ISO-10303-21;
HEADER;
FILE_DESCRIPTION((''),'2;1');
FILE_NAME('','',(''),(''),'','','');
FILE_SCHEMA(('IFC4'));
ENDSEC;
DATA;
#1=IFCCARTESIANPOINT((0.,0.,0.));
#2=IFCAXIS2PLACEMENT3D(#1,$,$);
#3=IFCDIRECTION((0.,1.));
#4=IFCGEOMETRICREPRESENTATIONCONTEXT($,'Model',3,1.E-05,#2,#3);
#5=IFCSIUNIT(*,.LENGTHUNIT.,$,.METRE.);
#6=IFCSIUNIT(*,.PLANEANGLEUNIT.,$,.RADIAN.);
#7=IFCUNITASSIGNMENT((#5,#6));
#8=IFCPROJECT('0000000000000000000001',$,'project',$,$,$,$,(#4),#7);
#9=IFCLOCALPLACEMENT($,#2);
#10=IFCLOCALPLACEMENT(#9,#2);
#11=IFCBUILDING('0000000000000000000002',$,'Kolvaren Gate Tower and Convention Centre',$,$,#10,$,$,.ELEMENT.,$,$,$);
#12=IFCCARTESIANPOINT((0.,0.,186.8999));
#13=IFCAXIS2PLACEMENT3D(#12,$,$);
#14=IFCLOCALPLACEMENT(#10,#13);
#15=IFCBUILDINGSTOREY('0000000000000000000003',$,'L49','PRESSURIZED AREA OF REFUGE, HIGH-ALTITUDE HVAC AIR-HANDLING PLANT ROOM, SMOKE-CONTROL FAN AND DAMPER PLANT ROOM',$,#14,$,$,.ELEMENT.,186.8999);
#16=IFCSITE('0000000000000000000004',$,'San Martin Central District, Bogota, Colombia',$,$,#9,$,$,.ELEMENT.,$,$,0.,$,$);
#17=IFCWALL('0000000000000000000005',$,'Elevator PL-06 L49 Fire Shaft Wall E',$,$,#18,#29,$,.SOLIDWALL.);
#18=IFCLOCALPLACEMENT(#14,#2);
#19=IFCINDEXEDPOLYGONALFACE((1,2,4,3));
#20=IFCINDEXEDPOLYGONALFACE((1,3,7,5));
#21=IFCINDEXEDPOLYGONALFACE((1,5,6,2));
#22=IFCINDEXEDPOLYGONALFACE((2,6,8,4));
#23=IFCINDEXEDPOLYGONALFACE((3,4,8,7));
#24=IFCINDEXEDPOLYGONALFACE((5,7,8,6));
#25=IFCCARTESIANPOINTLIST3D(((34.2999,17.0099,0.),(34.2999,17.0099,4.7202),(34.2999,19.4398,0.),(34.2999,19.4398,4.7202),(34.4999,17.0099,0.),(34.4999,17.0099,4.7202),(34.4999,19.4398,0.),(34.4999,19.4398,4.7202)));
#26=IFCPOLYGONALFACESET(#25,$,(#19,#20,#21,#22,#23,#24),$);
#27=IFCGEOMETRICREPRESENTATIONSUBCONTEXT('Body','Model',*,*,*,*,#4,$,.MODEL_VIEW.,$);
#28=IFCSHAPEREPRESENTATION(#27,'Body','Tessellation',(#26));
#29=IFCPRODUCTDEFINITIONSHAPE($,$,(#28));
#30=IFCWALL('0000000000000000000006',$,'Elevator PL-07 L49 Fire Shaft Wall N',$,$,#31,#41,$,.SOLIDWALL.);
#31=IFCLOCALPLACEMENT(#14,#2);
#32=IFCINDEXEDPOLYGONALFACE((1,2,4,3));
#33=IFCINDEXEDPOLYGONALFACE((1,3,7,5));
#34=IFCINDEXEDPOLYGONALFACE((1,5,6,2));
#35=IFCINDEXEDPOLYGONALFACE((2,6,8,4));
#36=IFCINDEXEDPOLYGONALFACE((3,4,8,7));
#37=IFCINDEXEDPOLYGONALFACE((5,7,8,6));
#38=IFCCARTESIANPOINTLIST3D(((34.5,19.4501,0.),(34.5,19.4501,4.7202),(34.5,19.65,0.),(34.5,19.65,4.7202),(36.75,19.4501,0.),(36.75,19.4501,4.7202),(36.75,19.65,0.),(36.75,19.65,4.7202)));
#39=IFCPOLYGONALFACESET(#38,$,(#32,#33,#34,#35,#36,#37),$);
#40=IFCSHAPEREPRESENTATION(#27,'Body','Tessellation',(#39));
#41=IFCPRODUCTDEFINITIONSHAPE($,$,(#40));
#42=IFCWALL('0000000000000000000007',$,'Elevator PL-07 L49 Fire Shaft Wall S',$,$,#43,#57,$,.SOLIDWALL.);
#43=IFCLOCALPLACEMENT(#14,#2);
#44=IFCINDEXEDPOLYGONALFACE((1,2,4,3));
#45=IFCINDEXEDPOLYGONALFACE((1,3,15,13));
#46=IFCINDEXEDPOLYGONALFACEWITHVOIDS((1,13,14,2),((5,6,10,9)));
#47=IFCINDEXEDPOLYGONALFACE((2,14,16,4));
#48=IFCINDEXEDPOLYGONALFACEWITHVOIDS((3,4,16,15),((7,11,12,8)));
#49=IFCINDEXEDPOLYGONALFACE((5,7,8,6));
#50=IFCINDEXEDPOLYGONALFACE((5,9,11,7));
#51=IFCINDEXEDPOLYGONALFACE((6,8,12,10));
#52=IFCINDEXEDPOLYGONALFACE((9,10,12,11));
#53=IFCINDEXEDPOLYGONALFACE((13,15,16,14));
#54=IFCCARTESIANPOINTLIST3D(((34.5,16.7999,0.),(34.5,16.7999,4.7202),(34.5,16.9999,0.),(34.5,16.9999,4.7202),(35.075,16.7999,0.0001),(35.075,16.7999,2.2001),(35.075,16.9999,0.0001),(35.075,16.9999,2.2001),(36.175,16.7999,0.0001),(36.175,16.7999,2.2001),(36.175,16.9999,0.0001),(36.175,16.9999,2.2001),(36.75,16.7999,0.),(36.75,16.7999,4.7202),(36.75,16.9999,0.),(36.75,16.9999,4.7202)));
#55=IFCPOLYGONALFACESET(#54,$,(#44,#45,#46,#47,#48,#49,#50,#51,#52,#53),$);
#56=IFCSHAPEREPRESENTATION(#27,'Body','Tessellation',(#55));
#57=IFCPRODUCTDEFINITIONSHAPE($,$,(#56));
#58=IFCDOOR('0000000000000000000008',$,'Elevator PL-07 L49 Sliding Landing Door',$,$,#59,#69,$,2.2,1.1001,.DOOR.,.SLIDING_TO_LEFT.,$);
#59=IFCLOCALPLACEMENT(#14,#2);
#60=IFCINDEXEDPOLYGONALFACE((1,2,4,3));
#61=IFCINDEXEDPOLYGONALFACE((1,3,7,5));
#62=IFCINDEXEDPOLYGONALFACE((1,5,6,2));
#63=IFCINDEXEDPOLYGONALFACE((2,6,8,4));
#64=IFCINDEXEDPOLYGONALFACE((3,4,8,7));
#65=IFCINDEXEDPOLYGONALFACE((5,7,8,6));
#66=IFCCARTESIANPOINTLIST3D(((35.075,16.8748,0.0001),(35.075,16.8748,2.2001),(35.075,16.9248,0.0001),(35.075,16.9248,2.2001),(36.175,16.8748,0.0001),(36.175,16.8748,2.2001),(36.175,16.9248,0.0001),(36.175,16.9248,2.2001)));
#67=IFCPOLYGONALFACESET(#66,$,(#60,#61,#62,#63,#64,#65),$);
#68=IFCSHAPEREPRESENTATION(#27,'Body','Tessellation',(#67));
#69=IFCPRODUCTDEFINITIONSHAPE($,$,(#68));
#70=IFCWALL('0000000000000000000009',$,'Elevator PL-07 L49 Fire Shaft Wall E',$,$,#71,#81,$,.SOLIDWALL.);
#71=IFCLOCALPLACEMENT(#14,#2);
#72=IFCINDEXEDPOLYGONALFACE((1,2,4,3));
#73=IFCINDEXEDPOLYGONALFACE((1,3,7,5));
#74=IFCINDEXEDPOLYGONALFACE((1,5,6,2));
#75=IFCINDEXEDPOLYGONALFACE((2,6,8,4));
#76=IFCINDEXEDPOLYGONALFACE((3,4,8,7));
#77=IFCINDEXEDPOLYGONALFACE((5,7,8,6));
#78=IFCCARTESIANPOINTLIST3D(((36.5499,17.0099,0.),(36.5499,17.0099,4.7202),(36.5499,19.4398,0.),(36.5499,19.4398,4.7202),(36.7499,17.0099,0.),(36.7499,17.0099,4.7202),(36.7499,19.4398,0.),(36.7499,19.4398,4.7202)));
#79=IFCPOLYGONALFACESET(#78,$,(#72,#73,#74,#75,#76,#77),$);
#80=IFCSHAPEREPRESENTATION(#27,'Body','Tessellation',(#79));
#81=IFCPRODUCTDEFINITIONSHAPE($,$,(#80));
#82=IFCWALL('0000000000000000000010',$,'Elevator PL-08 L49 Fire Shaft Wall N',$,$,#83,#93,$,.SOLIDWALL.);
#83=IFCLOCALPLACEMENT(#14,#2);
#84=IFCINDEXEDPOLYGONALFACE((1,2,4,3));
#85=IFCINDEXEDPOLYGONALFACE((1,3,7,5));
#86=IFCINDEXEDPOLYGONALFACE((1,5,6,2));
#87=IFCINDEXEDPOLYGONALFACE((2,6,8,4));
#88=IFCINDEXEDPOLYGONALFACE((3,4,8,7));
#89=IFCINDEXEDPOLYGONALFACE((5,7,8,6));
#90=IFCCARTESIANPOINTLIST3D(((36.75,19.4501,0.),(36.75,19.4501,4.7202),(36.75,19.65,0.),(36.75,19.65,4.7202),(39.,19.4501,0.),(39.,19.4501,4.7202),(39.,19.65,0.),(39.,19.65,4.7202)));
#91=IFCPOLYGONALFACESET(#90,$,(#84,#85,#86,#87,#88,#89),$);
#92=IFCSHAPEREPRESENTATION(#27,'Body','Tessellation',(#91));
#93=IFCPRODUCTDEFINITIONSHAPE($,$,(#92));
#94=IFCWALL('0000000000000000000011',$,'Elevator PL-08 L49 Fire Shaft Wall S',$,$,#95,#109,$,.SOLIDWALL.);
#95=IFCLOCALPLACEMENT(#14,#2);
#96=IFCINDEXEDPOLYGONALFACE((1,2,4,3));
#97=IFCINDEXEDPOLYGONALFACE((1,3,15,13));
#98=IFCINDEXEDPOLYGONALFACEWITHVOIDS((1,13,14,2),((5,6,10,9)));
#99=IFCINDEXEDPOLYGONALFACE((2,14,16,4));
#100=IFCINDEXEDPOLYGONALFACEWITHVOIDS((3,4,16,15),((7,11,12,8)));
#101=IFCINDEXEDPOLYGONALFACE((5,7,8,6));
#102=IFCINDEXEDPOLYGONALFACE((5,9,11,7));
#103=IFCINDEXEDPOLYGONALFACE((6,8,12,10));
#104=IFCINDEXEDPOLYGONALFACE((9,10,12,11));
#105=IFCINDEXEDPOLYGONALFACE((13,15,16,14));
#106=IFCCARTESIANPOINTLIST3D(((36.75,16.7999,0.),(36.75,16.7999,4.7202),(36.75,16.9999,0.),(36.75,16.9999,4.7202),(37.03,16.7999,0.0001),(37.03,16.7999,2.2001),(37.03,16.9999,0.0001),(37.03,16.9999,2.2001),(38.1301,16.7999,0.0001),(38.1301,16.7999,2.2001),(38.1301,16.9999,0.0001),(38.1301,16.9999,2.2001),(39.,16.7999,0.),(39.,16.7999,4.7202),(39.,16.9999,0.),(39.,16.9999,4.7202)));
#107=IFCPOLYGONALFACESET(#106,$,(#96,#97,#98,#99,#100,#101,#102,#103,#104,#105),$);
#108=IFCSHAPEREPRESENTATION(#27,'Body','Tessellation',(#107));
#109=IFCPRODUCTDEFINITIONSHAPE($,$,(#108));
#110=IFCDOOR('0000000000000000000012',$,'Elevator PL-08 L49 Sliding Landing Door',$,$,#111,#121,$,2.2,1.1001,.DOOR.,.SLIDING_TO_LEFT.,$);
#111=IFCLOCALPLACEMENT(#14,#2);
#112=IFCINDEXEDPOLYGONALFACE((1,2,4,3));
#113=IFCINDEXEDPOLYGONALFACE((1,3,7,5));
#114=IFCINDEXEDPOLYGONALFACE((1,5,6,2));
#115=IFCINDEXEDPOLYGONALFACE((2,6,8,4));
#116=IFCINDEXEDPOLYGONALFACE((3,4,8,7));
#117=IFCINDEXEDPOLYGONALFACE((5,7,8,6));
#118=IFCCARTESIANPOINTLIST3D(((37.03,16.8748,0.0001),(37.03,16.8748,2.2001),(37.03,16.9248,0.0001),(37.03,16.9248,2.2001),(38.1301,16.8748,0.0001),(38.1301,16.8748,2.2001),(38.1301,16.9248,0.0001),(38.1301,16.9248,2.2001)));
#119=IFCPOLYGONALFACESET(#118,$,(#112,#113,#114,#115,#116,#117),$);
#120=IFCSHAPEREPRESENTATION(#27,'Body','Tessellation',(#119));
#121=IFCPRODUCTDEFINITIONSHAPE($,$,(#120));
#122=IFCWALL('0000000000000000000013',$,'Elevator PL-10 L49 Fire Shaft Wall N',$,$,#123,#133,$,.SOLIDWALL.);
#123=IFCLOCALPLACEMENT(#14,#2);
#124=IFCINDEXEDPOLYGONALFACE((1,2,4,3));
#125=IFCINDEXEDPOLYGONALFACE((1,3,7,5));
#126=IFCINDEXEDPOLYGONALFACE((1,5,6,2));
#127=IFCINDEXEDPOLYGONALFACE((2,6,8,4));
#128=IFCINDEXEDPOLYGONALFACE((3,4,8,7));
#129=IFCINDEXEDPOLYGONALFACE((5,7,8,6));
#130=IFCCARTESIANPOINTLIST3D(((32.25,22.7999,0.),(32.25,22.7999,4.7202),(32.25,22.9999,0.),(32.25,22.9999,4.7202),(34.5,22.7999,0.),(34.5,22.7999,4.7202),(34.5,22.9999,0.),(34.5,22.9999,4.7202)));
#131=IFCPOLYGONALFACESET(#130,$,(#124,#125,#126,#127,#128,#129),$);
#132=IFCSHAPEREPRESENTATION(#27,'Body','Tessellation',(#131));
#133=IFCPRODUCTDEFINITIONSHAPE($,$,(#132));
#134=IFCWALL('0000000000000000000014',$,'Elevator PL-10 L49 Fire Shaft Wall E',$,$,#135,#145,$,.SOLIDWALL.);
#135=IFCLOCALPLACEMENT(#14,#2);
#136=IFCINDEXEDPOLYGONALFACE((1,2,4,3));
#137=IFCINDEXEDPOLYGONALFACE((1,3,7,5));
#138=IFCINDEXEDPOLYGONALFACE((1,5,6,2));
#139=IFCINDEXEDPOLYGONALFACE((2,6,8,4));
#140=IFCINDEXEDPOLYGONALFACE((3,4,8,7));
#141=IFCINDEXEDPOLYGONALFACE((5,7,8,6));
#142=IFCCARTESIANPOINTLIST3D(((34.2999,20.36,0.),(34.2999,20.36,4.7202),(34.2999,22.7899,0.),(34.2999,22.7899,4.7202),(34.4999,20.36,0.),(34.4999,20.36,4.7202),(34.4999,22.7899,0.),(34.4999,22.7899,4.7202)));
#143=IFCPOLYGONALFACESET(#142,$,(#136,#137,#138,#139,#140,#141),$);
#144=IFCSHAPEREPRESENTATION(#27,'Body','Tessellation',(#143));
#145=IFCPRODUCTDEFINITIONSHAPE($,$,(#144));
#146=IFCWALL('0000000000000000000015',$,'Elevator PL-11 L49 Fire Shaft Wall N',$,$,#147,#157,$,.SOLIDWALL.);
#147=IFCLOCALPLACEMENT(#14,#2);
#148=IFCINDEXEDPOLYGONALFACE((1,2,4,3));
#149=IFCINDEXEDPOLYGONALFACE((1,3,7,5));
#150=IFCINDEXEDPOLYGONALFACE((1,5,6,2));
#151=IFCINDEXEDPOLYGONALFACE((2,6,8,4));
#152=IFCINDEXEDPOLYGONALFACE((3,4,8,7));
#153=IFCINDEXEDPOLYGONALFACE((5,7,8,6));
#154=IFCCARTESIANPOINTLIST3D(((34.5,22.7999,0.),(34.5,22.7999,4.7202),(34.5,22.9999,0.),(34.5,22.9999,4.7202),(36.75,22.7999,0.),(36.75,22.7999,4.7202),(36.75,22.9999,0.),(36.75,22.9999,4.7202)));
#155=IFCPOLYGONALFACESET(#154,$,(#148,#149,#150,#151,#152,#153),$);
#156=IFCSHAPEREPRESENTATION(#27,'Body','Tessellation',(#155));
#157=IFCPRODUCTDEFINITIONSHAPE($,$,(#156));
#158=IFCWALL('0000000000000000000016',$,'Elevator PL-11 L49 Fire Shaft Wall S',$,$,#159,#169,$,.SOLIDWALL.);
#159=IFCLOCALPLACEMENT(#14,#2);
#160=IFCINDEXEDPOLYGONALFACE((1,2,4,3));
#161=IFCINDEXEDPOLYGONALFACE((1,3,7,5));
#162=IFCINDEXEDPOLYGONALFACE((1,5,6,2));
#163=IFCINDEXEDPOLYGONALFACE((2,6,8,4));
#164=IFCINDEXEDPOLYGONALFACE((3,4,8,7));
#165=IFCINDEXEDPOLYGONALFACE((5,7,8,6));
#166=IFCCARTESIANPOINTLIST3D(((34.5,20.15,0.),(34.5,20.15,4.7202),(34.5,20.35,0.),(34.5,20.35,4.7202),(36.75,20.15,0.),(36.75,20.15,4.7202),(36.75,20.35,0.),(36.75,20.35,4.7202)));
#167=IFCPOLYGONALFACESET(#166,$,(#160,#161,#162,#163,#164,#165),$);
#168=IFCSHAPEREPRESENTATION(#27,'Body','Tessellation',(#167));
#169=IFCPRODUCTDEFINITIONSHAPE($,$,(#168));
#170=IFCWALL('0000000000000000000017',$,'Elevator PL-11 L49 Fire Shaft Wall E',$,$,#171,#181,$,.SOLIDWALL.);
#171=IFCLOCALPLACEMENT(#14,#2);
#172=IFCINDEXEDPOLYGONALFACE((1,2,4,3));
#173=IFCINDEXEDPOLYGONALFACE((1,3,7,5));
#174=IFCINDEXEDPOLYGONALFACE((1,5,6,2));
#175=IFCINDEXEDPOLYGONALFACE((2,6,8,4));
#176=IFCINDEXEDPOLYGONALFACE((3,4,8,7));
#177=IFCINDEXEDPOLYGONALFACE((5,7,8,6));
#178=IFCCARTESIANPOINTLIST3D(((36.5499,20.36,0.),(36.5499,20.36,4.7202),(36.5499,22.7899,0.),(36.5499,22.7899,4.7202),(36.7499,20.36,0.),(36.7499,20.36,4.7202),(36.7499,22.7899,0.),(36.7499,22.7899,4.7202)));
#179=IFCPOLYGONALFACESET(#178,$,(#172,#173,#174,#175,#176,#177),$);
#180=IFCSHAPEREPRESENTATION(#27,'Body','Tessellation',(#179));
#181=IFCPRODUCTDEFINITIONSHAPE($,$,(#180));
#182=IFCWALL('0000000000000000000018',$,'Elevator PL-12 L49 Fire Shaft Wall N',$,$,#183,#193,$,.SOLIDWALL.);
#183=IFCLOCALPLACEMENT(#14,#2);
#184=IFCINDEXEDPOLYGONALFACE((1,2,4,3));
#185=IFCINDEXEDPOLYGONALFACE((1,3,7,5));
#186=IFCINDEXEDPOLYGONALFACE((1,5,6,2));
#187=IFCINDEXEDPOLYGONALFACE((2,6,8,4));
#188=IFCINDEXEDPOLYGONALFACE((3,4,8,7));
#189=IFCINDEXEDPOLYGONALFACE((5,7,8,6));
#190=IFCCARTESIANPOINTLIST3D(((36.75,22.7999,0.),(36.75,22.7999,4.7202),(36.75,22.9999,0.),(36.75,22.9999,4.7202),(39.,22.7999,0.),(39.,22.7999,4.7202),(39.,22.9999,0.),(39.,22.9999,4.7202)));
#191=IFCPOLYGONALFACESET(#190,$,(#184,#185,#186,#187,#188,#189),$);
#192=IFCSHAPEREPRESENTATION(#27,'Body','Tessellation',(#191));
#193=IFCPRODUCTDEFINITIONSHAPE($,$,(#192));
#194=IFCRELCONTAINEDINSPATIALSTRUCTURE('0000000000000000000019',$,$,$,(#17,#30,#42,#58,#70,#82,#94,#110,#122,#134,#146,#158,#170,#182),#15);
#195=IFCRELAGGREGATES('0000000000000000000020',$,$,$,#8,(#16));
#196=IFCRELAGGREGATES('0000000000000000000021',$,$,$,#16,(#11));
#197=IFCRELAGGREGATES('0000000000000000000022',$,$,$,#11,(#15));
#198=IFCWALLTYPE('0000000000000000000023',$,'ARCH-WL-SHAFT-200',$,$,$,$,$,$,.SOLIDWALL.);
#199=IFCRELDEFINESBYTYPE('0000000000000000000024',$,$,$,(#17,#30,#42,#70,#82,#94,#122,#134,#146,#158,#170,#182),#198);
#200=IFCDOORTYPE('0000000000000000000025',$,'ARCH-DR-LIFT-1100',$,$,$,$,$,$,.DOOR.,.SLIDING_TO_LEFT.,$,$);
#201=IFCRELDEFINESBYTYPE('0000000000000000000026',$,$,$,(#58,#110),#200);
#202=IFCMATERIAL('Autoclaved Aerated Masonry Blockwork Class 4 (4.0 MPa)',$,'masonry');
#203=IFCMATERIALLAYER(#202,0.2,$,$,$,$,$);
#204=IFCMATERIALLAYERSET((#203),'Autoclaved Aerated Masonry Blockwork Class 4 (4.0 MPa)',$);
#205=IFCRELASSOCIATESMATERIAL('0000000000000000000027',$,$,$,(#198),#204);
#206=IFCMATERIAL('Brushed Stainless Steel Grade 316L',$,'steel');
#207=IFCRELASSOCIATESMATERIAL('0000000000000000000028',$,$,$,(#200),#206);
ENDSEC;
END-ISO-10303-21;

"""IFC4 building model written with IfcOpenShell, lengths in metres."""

from ifc_helpers import new_model, si_unit, direction, frame, frame_2d, origin, place, context, subcontext, project, spatial, rectangle, extrude, material, layer, layer_set, type_object, element, fill, save


model = new_model("IFC4")

# Units and contexts
model_context = context("Model", 3, precision=1e-05, world=origin(), true_north=direction((0.0, 1.0)))
body_context = subcontext(model_context, "Body", "Model", "MODEL_VIEW")
ifc_project = project(units=[si_unit("LENGTHUNIT", "METRE"), si_unit("PLANEANGLEUNIT", "RADIAN")], contexts=[model_context])

# Site, building, storey
site_placement = place(None, origin())
site = spatial("IfcSite", under=ifc_project, at=site_placement, Name="San Martin Central District, Bogota, Colombia", CompositionType="ELEMENT", RefElevation=0.0)
building_placement = place(site_placement, origin())
building = spatial("IfcBuilding", under=site, at=building_placement, Name="Kolvaren Gate Tower and Convention Centre", CompositionType="ELEMENT")
storey_placement = place(building_placement, frame((0.0, 0.0, 186.8999)))
storey = spatial("IfcBuildingStorey", under=building, at=storey_placement, Name="L49", Description="PRESSURIZED AREA OF REFUGE, HIGH-ALTITUDE HVAC AIR-HANDLING PLANT ROOM, SMOKE-CONTROL FAN AND DAMPER PLANT ROOM", CompositionType="ELEMENT", Elevation=186.8999)

# Walls
ifc_material_1 = material(Name="Autoclaved Aerated Masonry Blockwork Class 4 (4.0 MPa)", Category="masonry")
ifc_layer = layer(ifc_material_1, 0.2)
ifc_layer_set = layer_set([ifc_layer], Name="Autoclaved Aerated Masonry Blockwork Class 4 (4.0 MPa)")
wall_type = type_object("IfcWallType", Name="ARCH-WL-SHAFT-200", PredefinedType="SOLIDWALL", material=ifc_layer_set)
wall_1_placement = place(storey_placement, frame((34.3999, 17.01, 0.0), z_axis=(0.0, 0.0, 1.0), x_axis=(0.0, 1.0, 0.0)))
element("IfcWall", 1, at=wall_1_placement, inside=storey, type_object=wall_type, Name="Elevator PL-06 L49 Fire Shaft Wall E", PredefinedType="SOLIDWALL", context=body_context, shape_type="SweptSolid", body=[
    extrude(rectangle(XDim=2.4299, YDim=0.2, at=frame_2d((1.2148, 0.0))), origin(), (0.0, 0.0, 1.0), 4.7202),
])
wall_2_placement = place(storey_placement, frame((34.5, 19.55, 0.0), z_axis=(0.0, 0.0, 1.0), x_axis=(1.0, 0.0, 0.0)))
element("IfcWall", 2, at=wall_2_placement, inside=storey, type_object=wall_type, Name="Elevator PL-07 L49 Fire Shaft Wall N", PredefinedType="SOLIDWALL", context=body_context, shape_type="SweptSolid", body=[
    extrude(rectangle(XDim=2.25, YDim=0.2, at=frame_2d((1.125, 0.0))), origin(), (0.0, 0.0, 1.0), 4.7202),
])

# Wall, opening, door
wall_3_placement = place(storey_placement, frame((34.5, 16.8999, 0.0), z_axis=(0.0, 0.0, 1.0), x_axis=(1.0, 0.0, 0.0)))
wall_3 = element("IfcWall", 3, at=wall_3_placement, inside=storey, type_object=wall_type, Name="Elevator PL-07 L49 Fire Shaft Wall S", PredefinedType="SOLIDWALL", context=body_context, shape_type="SweptSolid", body=[
    extrude(rectangle(XDim=2.25, YDim=0.2, at=frame_2d((1.125, 0.0))), origin(), (0.0, 0.0, 1.0), 4.7202),
])
opening_1_placement = place(wall_3_placement, frame((0.575, 0.0, 0.0)))
opening_1 = element("IfcOpeningElement", 4, at=opening_1_placement, cuts=wall_3, PredefinedType="OPENING", context=body_context, shape_type="SweptSolid", body=[
    extrude(rectangle(XDim=1.1001, YDim=2.2, at=frame_2d((0.55, 1.1001))), frame((0.0, 0.1099, 0.0), z_axis=(0.0, -1.0, 0.0), x_axis=(1.0, 0.0, 0.0)), (0.0, 0.0, 1.0), 0.22),
])
ifc_material_2 = material(Name="Brushed Stainless Steel Grade 316L", Category="steel")
door_type = type_object("IfcDoorType", Name="ARCH-DR-LIFT-1100", OperationType="SLIDING_TO_LEFT", PredefinedType="DOOR", material=ifc_material_2)
door_1_placement = place(opening_1_placement, origin())
door_1 = element("IfcDoor", 5, at=door_1_placement, inside=storey, type_object=door_type, Name="Elevator PL-07 L49 Sliding Landing Door", OperationType="SLIDING_TO_LEFT", OverallHeight=2.2, OverallWidth=1.1001, PredefinedType="DOOR", context=body_context, shape_type="SweptSolid", body=[
    extrude(rectangle(XDim=1.1001, YDim=2.2, at=frame_2d((0.55, 1.1001))), frame((0.0, 0.0249, 0.0), z_axis=(0.0, -1.0, 0.0), x_axis=(1.0, 0.0, 0.0)), (0.0, 0.0, 1.0), 0.05),
])
fill(opening_1, door_1)

# Walls
wall_4_placement = place(storey_placement, frame((36.6499, 17.01, 0.0), z_axis=(0.0, 0.0, 1.0), x_axis=(0.0, 1.0, 0.0)))
element("IfcWall", 6, at=wall_4_placement, inside=storey, type_object=wall_type, Name="Elevator PL-07 L49 Fire Shaft Wall E", PredefinedType="SOLIDWALL", context=body_context, shape_type="SweptSolid", body=[
    extrude(rectangle(XDim=2.4299, YDim=0.2, at=frame_2d((1.2148, 0.0))), origin(), (0.0, 0.0, 1.0), 4.7202),
])
wall_5_placement = place(storey_placement, frame((36.75, 19.55, 0.0), z_axis=(0.0, 0.0, 1.0), x_axis=(1.0, 0.0, 0.0)))
element("IfcWall", 7, at=wall_5_placement, inside=storey, type_object=wall_type, Name="Elevator PL-08 L49 Fire Shaft Wall N", PredefinedType="SOLIDWALL", context=body_context, shape_type="SweptSolid", body=[
    extrude(rectangle(XDim=2.25, YDim=0.2, at=frame_2d((1.125, 0.0))), origin(), (0.0, 0.0, 1.0), 4.7202),
])

# Wall, opening, door
wall_6_placement = place(storey_placement, frame((36.75, 16.8999, 0.0), z_axis=(0.0, 0.0, 1.0), x_axis=(1.0, 0.0, 0.0)))
wall_6 = element("IfcWall", 8, at=wall_6_placement, inside=storey, type_object=wall_type, Name="Elevator PL-08 L49 Fire Shaft Wall S", PredefinedType="SOLIDWALL", context=body_context, shape_type="SweptSolid", body=[
    extrude(rectangle(XDim=2.25, YDim=0.2, at=frame_2d((1.125, 0.0))), origin(), (0.0, 0.0, 1.0), 4.7202),
])
opening_2_placement = place(wall_6_placement, frame((0.28, 0.0, 0.0)))
opening_2 = element("IfcOpeningElement", 9, at=opening_2_placement, cuts=wall_6, PredefinedType="OPENING", context=body_context, shape_type="SweptSolid", body=[
    extrude(rectangle(XDim=1.1001, YDim=2.2, at=frame_2d((0.55, 1.1001))), frame((0.0, 0.1099, 0.0), z_axis=(0.0, -1.0, 0.0), x_axis=(1.0, 0.0, 0.0)), (0.0, 0.0, 1.0), 0.22),
])
door_2_placement = place(opening_2_placement, origin())
door_2 = element("IfcDoor", 10, at=door_2_placement, inside=storey, type_object=door_type, Name="Elevator PL-08 L49 Sliding Landing Door", OperationType="SLIDING_TO_LEFT", OverallHeight=2.2, OverallWidth=1.1001, PredefinedType="DOOR", context=body_context, shape_type="SweptSolid", body=[
    extrude(rectangle(XDim=1.1001, YDim=2.2, at=frame_2d((0.55, 1.1001))), frame((0.0, 0.0249, 0.0), z_axis=(0.0, -1.0, 0.0), x_axis=(1.0, 0.0, 0.0)), (0.0, 0.0, 1.0), 0.05),
])
fill(opening_2, door_2)

# Walls
wall_7_placement = place(storey_placement, frame((32.25, 22.8999, 0.0), z_axis=(0.0, 0.0, 1.0), x_axis=(1.0, 0.0, 0.0)))
element("IfcWall", 11, at=wall_7_placement, inside=storey, type_object=wall_type, Name="Elevator PL-10 L49 Fire Shaft Wall N", PredefinedType="SOLIDWALL", context=body_context, shape_type="SweptSolid", body=[
    extrude(rectangle(XDim=2.25, YDim=0.2, at=frame_2d((1.125, 0.0))), origin(), (0.0, 0.0, 1.0), 4.7202),
])
wall_8_placement = place(storey_placement, frame((34.3999, 20.3601, 0.0), z_axis=(0.0, 0.0, 1.0), x_axis=(0.0, 1.0, 0.0)))
element("IfcWall", 12, at=wall_8_placement, inside=storey, type_object=wall_type, Name="Elevator PL-10 L49 Fire Shaft Wall E", PredefinedType="SOLIDWALL", context=body_context, shape_type="SweptSolid", body=[
    extrude(rectangle(XDim=2.4299, YDim=0.2, at=frame_2d((1.2148, 0.0))), origin(), (0.0, 0.0, 1.0), 4.7202),
])
for number, where, z_axis, x_axis, name in (
    (13, (34.5, 22.8999, 0.0), (0.0, 0.0, 1.0), (1.0, 0.0, 0.0), "Elevator PL-11 L49 Fire Shaft Wall N"),
    (14, (34.5, 20.25, 0.0), (0.0, 0.0, 1.0), (1.0, 0.0, 0.0), "Elevator PL-11 L49 Fire Shaft Wall S"),
):
    element("IfcWall", number, at=place(storey_placement, frame(where, z_axis=z_axis, x_axis=x_axis)), inside=storey, type_object=wall_type, Name=name, PredefinedType="SOLIDWALL", context=body_context, shape_type="SweptSolid", body=[
        extrude(rectangle(XDim=2.25, YDim=0.2, at=frame_2d((1.125, 0.0))), origin(), (0.0, 0.0, 1.0), 4.7202),
    ])
wall_9_placement = place(storey_placement, frame((36.6499, 20.3601, 0.0), z_axis=(0.0, 0.0, 1.0), x_axis=(0.0, 1.0, 0.0)))
element("IfcWall", 15, at=wall_9_placement, inside=storey, type_object=wall_type, Name="Elevator PL-11 L49 Fire Shaft Wall E", PredefinedType="SOLIDWALL", context=body_context, shape_type="SweptSolid", body=[
    extrude(rectangle(XDim=2.4299, YDim=0.2, at=frame_2d((1.2148, 0.0))), origin(), (0.0, 0.0, 1.0), 4.7202),
])
for number, where, z_axis, x_axis, name in (
    (16, (36.75, 22.8999, 0.0), (0.0, 0.0, 1.0), (1.0, 0.0, 0.0), "Elevator PL-12 L49 Fire Shaft Wall N"),
):
    element("IfcWall", number, at=place(storey_placement, frame(where, z_axis=z_axis, x_axis=x_axis)), inside=storey, type_object=wall_type, Name=name, PredefinedType="SOLIDWALL", context=body_context, shape_type="SweptSolid", body=[
        extrude(rectangle(XDim=2.25, YDim=0.2, at=frame_2d((1.125, 0.0))), origin(), (0.0, 0.0, 1.0), 4.7202),
    ])

save(model, "model.ifc")
